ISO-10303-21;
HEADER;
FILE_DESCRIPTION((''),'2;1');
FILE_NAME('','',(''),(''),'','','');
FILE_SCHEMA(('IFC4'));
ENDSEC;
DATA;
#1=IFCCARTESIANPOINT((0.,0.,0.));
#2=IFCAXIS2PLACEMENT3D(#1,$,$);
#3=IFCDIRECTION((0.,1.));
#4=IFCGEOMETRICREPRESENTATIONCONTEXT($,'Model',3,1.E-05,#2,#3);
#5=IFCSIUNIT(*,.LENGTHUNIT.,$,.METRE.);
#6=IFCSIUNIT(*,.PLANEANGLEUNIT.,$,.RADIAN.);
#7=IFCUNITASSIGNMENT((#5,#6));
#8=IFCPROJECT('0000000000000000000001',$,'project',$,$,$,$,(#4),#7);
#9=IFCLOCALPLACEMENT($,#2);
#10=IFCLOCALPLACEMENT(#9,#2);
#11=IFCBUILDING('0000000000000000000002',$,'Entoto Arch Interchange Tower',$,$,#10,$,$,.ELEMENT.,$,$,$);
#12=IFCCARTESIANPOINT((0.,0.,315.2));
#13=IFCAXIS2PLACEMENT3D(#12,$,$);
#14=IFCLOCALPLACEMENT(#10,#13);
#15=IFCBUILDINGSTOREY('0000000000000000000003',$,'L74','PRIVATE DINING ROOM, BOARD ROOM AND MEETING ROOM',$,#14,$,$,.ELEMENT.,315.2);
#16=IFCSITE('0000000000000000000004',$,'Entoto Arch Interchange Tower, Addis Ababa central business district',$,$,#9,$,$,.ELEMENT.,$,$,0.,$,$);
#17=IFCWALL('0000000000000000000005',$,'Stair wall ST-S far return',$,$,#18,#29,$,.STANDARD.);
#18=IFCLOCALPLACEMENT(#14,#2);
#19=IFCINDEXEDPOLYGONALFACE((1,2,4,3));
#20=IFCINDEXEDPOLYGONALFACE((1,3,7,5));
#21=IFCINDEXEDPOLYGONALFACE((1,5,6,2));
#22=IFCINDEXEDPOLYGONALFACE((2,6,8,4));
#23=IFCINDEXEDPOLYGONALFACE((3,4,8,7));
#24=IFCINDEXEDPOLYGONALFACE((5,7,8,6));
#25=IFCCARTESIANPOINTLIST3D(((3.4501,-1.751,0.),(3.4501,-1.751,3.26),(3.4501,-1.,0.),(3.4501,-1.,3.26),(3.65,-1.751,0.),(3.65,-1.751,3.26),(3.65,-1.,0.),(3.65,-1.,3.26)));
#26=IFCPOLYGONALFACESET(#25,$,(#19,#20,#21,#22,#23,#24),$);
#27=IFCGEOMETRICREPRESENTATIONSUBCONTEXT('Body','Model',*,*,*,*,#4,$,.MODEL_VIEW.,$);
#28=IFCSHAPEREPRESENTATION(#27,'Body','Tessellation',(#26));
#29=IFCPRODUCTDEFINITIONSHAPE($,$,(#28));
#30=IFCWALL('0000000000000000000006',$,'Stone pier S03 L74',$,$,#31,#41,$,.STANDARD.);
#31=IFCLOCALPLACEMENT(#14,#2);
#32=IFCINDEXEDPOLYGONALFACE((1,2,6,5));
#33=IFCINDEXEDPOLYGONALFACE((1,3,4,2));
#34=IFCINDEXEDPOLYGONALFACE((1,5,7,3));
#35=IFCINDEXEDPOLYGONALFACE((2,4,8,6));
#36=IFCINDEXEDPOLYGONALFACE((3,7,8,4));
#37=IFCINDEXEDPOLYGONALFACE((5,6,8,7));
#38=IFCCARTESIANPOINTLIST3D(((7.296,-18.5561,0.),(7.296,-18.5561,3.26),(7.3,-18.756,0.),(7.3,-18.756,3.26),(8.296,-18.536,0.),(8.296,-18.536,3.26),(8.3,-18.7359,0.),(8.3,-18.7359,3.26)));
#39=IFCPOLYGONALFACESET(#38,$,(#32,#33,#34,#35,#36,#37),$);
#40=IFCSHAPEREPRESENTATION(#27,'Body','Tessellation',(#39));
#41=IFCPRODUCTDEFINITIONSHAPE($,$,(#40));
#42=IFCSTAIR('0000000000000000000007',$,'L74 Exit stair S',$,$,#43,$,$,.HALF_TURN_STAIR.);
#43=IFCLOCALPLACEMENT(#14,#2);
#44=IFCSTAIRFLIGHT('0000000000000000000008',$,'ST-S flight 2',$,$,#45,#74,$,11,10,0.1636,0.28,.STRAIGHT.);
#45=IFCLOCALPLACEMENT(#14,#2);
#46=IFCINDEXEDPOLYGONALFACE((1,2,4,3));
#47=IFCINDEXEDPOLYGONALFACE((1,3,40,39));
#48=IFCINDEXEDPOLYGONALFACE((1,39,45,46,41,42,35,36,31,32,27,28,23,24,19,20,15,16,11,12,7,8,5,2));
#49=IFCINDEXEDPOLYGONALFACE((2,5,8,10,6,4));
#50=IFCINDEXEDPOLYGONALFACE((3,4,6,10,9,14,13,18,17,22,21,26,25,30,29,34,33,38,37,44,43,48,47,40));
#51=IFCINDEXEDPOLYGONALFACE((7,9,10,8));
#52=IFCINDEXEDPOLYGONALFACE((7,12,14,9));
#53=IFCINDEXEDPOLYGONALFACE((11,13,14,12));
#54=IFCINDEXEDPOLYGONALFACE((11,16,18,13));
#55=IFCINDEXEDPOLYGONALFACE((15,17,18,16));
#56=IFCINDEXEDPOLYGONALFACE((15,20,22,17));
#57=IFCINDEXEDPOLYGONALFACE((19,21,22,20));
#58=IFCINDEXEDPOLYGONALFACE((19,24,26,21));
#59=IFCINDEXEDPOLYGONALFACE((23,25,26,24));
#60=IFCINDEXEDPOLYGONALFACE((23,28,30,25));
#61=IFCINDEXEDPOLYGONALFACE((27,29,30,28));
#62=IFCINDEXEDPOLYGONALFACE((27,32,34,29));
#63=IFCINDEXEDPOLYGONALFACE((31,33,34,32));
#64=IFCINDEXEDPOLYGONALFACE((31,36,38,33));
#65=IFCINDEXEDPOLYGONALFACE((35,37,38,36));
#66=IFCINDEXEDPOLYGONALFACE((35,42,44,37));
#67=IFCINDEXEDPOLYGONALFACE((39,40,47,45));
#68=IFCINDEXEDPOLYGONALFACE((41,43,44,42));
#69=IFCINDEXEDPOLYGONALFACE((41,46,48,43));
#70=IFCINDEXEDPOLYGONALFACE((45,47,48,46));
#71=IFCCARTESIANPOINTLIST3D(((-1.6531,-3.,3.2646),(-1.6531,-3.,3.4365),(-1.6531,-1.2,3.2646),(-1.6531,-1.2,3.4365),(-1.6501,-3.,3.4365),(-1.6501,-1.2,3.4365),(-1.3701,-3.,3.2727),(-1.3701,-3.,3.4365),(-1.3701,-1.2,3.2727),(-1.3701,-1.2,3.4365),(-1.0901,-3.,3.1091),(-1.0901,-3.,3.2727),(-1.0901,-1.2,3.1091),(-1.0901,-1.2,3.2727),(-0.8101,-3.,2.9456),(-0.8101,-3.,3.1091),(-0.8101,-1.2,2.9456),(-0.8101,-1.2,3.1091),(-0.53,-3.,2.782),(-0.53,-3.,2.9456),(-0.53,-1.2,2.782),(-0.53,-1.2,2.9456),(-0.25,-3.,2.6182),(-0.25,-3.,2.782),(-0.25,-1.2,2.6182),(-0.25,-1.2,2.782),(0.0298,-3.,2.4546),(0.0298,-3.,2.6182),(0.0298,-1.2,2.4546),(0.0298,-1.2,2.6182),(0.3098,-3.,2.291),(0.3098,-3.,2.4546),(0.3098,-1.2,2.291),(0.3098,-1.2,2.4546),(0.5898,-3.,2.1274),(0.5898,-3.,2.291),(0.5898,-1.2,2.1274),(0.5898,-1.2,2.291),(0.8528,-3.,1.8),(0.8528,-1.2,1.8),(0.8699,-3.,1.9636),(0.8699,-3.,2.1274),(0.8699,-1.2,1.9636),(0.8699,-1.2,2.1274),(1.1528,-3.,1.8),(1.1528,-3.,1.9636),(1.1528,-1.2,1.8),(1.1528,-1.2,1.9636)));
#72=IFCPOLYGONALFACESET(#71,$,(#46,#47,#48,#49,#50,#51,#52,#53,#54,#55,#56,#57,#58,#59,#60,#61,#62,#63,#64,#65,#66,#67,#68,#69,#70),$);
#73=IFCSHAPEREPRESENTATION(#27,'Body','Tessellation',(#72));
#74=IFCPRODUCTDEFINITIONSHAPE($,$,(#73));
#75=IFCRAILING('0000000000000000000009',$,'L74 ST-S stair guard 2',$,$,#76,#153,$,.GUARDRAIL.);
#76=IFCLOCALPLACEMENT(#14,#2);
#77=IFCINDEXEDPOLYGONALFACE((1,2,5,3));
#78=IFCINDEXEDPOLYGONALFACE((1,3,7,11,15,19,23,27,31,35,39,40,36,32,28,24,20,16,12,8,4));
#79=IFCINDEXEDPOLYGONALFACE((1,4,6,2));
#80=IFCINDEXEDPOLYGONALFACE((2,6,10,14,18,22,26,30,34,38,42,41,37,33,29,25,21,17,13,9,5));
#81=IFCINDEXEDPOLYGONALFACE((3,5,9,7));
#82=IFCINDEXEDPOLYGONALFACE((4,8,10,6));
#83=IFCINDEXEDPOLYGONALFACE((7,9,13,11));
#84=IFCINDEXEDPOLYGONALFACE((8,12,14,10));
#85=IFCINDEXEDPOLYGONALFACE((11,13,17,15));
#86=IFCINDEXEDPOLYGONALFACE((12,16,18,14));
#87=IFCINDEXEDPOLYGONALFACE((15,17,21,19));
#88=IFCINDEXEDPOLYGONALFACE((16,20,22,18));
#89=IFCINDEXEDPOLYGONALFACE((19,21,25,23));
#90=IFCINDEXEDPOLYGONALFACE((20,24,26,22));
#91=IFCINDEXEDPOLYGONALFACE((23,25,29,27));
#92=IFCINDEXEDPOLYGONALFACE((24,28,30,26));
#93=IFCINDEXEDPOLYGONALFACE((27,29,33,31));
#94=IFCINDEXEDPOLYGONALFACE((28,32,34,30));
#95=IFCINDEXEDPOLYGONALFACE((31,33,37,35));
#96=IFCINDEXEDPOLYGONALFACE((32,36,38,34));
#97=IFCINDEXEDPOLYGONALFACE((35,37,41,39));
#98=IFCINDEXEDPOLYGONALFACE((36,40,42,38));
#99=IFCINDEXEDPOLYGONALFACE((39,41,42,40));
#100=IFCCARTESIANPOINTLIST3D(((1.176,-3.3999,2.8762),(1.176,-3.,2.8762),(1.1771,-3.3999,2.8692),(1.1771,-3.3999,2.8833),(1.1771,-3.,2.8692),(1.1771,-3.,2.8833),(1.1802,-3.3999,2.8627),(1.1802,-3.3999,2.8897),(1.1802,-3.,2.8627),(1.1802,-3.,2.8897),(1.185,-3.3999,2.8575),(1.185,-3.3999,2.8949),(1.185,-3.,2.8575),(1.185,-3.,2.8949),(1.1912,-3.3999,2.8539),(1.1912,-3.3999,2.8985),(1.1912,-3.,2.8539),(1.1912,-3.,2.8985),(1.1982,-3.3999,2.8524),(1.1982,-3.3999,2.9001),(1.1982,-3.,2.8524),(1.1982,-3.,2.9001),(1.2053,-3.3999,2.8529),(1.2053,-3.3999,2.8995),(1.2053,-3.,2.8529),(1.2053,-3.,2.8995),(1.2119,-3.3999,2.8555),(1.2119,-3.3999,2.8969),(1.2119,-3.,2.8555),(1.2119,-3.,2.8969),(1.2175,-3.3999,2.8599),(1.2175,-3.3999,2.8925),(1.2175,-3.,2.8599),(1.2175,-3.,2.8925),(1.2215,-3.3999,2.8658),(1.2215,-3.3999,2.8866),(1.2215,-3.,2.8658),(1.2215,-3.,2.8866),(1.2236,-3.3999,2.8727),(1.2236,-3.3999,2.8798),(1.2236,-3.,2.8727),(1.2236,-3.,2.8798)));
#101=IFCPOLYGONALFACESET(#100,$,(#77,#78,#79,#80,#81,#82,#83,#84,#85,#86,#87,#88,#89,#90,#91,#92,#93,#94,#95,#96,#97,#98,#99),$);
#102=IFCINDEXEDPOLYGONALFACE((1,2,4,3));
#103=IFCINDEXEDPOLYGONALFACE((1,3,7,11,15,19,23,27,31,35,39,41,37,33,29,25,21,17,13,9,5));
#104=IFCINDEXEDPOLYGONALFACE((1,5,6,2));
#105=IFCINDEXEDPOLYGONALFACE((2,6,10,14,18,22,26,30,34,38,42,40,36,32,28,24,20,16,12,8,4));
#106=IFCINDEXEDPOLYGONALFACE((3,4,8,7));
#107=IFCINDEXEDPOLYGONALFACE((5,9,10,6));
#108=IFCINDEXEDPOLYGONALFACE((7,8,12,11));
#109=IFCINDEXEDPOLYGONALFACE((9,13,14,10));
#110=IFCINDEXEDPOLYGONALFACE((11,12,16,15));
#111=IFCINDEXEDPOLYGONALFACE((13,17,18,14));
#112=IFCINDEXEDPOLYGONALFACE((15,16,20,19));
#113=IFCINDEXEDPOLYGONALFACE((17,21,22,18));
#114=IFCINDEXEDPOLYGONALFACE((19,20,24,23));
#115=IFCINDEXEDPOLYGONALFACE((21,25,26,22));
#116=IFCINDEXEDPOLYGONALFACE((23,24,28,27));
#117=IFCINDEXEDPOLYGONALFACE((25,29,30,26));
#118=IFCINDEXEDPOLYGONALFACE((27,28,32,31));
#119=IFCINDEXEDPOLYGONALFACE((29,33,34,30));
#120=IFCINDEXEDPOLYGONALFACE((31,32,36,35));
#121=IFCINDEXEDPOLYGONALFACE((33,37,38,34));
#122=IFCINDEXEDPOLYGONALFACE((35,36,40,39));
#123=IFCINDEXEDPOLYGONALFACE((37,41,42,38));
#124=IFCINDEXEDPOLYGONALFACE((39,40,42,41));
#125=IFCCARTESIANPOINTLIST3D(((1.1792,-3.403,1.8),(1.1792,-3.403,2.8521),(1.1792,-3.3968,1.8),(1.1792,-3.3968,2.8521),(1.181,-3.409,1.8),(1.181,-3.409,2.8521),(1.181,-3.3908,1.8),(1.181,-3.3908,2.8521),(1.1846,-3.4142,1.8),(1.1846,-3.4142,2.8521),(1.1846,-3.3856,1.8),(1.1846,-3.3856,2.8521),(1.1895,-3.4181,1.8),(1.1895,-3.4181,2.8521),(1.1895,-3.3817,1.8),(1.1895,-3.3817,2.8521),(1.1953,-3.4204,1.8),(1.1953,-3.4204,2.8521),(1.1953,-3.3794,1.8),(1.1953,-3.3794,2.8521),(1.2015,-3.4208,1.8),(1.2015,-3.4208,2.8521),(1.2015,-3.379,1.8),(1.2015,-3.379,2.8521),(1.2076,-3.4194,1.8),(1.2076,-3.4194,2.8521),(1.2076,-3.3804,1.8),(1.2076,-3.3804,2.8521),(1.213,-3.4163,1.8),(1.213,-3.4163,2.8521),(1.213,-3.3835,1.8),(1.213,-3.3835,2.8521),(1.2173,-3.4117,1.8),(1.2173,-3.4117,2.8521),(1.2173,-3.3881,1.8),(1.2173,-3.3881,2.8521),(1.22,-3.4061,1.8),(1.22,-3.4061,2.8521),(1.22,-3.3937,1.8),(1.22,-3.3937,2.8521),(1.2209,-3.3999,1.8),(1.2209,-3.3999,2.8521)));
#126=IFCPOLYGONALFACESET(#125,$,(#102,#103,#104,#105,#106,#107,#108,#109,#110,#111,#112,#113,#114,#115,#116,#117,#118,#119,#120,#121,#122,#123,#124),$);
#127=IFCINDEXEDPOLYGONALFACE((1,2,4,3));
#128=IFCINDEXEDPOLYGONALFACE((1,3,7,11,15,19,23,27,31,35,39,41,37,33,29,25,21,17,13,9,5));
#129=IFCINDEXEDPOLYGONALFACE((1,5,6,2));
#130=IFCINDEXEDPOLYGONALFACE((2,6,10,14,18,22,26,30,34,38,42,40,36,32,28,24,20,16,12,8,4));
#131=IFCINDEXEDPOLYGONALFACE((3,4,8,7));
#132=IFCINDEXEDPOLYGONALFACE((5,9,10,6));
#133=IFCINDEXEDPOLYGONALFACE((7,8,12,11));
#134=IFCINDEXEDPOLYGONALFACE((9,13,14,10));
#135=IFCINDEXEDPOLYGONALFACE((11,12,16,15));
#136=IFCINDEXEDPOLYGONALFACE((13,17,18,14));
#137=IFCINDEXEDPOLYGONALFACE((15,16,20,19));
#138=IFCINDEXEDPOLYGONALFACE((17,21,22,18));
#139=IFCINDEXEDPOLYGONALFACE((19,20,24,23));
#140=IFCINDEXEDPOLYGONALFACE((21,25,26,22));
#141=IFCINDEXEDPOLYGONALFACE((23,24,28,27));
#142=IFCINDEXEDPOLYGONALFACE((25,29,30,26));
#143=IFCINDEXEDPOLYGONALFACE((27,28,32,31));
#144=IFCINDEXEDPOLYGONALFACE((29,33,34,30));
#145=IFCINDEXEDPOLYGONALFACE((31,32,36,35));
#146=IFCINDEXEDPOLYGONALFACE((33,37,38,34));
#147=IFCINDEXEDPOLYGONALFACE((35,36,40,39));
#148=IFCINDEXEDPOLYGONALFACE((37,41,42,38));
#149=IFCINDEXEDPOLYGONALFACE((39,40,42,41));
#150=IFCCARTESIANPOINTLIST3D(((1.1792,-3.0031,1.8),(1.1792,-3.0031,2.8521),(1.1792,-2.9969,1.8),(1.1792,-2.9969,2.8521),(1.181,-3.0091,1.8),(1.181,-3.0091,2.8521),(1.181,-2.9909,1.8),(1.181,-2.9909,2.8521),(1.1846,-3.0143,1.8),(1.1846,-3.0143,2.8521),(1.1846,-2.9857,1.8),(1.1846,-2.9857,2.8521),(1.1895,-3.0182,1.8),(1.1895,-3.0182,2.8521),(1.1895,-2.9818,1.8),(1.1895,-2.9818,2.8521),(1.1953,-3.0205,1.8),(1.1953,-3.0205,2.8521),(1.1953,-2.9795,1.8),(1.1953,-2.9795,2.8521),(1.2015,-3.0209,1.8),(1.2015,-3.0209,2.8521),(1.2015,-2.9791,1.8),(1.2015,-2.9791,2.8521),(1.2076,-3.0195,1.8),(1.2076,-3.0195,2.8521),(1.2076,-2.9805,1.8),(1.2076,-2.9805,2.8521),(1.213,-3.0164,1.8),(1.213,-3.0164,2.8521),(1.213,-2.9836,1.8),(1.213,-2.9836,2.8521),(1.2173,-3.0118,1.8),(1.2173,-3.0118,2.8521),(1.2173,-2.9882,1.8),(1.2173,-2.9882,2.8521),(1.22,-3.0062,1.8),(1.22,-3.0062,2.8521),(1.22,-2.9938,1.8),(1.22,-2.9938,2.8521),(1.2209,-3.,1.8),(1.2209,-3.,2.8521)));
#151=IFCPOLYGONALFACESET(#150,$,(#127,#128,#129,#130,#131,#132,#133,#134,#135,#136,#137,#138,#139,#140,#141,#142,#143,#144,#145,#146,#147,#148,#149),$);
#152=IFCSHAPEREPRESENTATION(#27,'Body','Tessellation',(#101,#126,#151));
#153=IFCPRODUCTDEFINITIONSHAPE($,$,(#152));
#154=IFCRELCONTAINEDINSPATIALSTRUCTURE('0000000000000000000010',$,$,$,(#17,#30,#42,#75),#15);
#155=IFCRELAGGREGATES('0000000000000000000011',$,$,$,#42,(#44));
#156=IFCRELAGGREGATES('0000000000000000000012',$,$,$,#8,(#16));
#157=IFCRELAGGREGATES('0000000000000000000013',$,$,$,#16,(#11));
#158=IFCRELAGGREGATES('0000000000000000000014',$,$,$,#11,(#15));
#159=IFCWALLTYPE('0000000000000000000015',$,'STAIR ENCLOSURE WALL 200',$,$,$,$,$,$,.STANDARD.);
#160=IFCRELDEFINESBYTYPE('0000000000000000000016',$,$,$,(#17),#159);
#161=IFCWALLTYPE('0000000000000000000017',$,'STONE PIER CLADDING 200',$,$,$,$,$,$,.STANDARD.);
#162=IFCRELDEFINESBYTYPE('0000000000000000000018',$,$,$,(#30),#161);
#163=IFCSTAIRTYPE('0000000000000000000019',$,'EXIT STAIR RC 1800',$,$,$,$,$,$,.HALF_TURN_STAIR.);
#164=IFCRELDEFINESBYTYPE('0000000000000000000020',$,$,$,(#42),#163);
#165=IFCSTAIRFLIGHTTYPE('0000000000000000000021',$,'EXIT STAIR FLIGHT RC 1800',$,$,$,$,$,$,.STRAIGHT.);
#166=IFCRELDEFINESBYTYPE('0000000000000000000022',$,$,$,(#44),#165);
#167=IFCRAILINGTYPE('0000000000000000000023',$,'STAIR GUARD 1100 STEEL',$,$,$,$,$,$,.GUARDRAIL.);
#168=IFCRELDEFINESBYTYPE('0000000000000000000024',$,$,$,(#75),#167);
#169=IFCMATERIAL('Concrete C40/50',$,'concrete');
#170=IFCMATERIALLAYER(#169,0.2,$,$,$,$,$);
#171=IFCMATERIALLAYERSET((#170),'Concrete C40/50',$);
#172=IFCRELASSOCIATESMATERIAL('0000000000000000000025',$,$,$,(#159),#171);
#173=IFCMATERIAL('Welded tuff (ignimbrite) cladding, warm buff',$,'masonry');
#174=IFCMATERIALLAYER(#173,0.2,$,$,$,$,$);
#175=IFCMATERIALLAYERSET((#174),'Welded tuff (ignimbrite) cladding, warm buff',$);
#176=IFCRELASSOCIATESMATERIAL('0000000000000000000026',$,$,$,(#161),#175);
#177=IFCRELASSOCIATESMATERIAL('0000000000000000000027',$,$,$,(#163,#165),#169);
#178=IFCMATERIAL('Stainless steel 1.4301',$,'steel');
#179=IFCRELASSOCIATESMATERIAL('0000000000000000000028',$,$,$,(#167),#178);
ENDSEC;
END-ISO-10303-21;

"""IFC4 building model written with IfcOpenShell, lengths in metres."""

from ifc_helpers import new_model, si_unit, direction, frame, frame_2d, origin, origin_2d, place, context, subcontext, project, spatial, polyline, rectangle, circle, outline, extrude, material, layer, layer_set, type_object, element, aggregate, save


model = new_model("IFC4")

# Units and contexts
model_context = context("Model", 3, precision=1e-05, world=origin(), true_north=direction((0.0, 1.0)))
body_context = subcontext(model_context, "Body", "Model", "MODEL_VIEW")
ifc_project = project(units=[si_unit("LENGTHUNIT", "METRE"), si_unit("PLANEANGLEUNIT", "RADIAN")], contexts=[model_context])

# Site, building, storey
site_placement = place(None, origin())
site = spatial("IfcSite", under=ifc_project, at=site_placement, Name="Entoto Arch Interchange Tower, Addis Ababa central business district", CompositionType="ELEMENT", RefElevation=0.0)
building_placement = place(site_placement, origin())
building = spatial("IfcBuilding", under=site, at=building_placement, Name="Entoto Arch Interchange Tower", CompositionType="ELEMENT")
storey_placement = place(building_placement, frame((0.0, 0.0, 315.2)))
storey = spatial("IfcBuildingStorey", under=building, at=storey_placement, Name="L74", Description="PRIVATE DINING ROOM, BOARD ROOM AND MEETING ROOM", CompositionType="ELEMENT", Elevation=315.2)

# Shared definitions
ifc_material_1 = material(Name="Concrete C40/50", Category="concrete")

# Walls
ifc_layer_1 = layer(ifc_material_1, 0.2)
ifc_layer_set_1 = layer_set([ifc_layer_1], Name="Concrete C40/50")
wall_type_1 = type_object("IfcWallType", Name="STAIR ENCLOSURE WALL 200", PredefinedType="STANDARD", material=ifc_layer_set_1)
wall_1_placement = place(storey_placement, frame((3.55, -1.0, 0.0), z_axis=(0.0, 0.0, 1.0), x_axis=(0.0, -1.0, 0.0)))
element("IfcWall", 1, at=wall_1_placement, inside=storey, type_object=wall_type_1, Name="Stair wall ST-S far return", PredefinedType="STANDARD", context=body_context, shape_type="SweptSolid", body=[
    extrude(rectangle(XDim=0.751, YDim=0.2, at=frame_2d((0.3755, 0.0))), origin(), (0.0, 0.0, 1.0), 3.26),
])
ifc_material_2 = material(Name="Welded tuff (ignimbrite) cladding, warm buff", Category="masonry")
ifc_layer_2 = layer(ifc_material_2, 0.2)
ifc_layer_set_2 = layer_set([ifc_layer_2], Name="Welded tuff (ignimbrite) cladding, warm buff")
wall_type_2 = type_object("IfcWallType", Name="STONE PIER CLADDING 200", PredefinedType="STANDARD", material=ifc_layer_set_2)
wall_2_placement = place(storey_placement, frame((7.2981, -18.656, 0.0), z_axis=(0.0, 0.0, 1.0), x_axis=(0.9998, 0.020016, 0.0)))
element("IfcWall", 2, at=wall_2_placement, inside=storey, type_object=wall_type_2, Name="Stone pier S03 L74", PredefinedType="STANDARD", context=body_context, shape_type="SweptSolid", body=[
    extrude(rectangle(XDim=1.0002, YDim=0.2, at=frame_2d((0.5, 0.0))), origin(), (0.0, 0.0, 1.0), 3.26),
])

# Stair, stair flight
stair_type = type_object("IfcStairType", Name="EXIT STAIR RC 1800", PredefinedType="HALF_TURN_STAIR", material=ifc_material_1)
stair_placement = place(storey_placement, origin())
stair = element("IfcStair", 3, at=stair_placement, inside=storey, type_object=stair_type, Name="L74 Exit stair S", PredefinedType="HALF_TURN_STAIR")
stair_flight_type = type_object("IfcStairFlightType", Name="EXIT STAIR FLIGHT RC 1800", PredefinedType="STRAIGHT", material=ifc_material_1)
stair_flight_placement = place(storey_placement, frame((1.1499, -2.1001, 1.8), z_axis=(0.0, 0.0, 1.0), x_axis=(-1.0, 0.0, 0.0)))
stair_flight = element("IfcStairFlight", 4, at=stair_flight_placement, type_object=stair_flight_type, Name="ST-S flight 2", NumberOfRisers=11, NumberOfTreads=10, PredefinedType="STRAIGHT", RiserHeight=0.1636, TreadLength=0.28, context=body_context, shape_type="SweptSolid", body=[
    extrude(outline(polyline([(-0.0029, 0.0), (-0.0029, 0.1636), (0.28, 0.1636), (0.28, 0.3274), (0.5601, 0.3274), (0.5601, 0.491), (0.8401, 0.491), (0.8401, 0.6545), (1.1201, 0.6545), (1.1201, 0.8181), (1.3999, 0.8181), (1.3999, 0.9819), (1.6799, 0.9819), (1.6799, 1.1455), (1.96, 1.1455), (1.96, 1.3091), (2.24, 1.3091), (2.24, 1.4727), (2.52, 1.4727), (2.52, 1.6365), (2.8, 1.6365), (2.803, 1.6365), (2.803, 1.4646), (0.2971, 0.0), (-0.0029, 0.0)])), frame((0.0, 0.8999, 0.0), z_axis=(0.0, -1.0, 0.0), x_axis=(1.0, 0.0, 0.0)), (0.0, 0.0, 1.0), 1.8),
])
aggregate(stair, [stair_flight])

# Railing
ifc_material_3 = material(Name="Stainless steel 1.4301", Category="steel")
railing_type_1 = type_object("IfcRailingType", Name="STAIR GUARD 1100 STEEL", PredefinedType="GUARDRAIL", material=ifc_material_3)
railing_1_placement = place(storey_placement, frame((1.2, -3.3999, 1.8)))
element("IfcRailing", 5, at=railing_1_placement, inside=storey, type_object=railing_type_1, Name="L74 ST-S stair guard 2", PredefinedType="GUARDRAIL", context=body_context, shape_type="SweptSolid", body=[
    extrude(circle(Radius=0.0239, at=origin_2d()), frame((0.0, 0.0, 1.0762), z_axis=(0.0, 1.0, 0.0), x_axis=(-1.0, 0.0, 0.0)), (0.0, 0.0, 1.0), 0.3999),
    extrude(circle(Radius=0.021, at=origin_2d()), origin(), (0.0, 0.0, 1.0), 1.052),
    extrude(circle(Radius=0.021, at=origin_2d()), frame((0.0, 0.3999, 0.0)), (0.0, 0.0, 1.0), 1.052),
])

save(model, "model.ifc")
